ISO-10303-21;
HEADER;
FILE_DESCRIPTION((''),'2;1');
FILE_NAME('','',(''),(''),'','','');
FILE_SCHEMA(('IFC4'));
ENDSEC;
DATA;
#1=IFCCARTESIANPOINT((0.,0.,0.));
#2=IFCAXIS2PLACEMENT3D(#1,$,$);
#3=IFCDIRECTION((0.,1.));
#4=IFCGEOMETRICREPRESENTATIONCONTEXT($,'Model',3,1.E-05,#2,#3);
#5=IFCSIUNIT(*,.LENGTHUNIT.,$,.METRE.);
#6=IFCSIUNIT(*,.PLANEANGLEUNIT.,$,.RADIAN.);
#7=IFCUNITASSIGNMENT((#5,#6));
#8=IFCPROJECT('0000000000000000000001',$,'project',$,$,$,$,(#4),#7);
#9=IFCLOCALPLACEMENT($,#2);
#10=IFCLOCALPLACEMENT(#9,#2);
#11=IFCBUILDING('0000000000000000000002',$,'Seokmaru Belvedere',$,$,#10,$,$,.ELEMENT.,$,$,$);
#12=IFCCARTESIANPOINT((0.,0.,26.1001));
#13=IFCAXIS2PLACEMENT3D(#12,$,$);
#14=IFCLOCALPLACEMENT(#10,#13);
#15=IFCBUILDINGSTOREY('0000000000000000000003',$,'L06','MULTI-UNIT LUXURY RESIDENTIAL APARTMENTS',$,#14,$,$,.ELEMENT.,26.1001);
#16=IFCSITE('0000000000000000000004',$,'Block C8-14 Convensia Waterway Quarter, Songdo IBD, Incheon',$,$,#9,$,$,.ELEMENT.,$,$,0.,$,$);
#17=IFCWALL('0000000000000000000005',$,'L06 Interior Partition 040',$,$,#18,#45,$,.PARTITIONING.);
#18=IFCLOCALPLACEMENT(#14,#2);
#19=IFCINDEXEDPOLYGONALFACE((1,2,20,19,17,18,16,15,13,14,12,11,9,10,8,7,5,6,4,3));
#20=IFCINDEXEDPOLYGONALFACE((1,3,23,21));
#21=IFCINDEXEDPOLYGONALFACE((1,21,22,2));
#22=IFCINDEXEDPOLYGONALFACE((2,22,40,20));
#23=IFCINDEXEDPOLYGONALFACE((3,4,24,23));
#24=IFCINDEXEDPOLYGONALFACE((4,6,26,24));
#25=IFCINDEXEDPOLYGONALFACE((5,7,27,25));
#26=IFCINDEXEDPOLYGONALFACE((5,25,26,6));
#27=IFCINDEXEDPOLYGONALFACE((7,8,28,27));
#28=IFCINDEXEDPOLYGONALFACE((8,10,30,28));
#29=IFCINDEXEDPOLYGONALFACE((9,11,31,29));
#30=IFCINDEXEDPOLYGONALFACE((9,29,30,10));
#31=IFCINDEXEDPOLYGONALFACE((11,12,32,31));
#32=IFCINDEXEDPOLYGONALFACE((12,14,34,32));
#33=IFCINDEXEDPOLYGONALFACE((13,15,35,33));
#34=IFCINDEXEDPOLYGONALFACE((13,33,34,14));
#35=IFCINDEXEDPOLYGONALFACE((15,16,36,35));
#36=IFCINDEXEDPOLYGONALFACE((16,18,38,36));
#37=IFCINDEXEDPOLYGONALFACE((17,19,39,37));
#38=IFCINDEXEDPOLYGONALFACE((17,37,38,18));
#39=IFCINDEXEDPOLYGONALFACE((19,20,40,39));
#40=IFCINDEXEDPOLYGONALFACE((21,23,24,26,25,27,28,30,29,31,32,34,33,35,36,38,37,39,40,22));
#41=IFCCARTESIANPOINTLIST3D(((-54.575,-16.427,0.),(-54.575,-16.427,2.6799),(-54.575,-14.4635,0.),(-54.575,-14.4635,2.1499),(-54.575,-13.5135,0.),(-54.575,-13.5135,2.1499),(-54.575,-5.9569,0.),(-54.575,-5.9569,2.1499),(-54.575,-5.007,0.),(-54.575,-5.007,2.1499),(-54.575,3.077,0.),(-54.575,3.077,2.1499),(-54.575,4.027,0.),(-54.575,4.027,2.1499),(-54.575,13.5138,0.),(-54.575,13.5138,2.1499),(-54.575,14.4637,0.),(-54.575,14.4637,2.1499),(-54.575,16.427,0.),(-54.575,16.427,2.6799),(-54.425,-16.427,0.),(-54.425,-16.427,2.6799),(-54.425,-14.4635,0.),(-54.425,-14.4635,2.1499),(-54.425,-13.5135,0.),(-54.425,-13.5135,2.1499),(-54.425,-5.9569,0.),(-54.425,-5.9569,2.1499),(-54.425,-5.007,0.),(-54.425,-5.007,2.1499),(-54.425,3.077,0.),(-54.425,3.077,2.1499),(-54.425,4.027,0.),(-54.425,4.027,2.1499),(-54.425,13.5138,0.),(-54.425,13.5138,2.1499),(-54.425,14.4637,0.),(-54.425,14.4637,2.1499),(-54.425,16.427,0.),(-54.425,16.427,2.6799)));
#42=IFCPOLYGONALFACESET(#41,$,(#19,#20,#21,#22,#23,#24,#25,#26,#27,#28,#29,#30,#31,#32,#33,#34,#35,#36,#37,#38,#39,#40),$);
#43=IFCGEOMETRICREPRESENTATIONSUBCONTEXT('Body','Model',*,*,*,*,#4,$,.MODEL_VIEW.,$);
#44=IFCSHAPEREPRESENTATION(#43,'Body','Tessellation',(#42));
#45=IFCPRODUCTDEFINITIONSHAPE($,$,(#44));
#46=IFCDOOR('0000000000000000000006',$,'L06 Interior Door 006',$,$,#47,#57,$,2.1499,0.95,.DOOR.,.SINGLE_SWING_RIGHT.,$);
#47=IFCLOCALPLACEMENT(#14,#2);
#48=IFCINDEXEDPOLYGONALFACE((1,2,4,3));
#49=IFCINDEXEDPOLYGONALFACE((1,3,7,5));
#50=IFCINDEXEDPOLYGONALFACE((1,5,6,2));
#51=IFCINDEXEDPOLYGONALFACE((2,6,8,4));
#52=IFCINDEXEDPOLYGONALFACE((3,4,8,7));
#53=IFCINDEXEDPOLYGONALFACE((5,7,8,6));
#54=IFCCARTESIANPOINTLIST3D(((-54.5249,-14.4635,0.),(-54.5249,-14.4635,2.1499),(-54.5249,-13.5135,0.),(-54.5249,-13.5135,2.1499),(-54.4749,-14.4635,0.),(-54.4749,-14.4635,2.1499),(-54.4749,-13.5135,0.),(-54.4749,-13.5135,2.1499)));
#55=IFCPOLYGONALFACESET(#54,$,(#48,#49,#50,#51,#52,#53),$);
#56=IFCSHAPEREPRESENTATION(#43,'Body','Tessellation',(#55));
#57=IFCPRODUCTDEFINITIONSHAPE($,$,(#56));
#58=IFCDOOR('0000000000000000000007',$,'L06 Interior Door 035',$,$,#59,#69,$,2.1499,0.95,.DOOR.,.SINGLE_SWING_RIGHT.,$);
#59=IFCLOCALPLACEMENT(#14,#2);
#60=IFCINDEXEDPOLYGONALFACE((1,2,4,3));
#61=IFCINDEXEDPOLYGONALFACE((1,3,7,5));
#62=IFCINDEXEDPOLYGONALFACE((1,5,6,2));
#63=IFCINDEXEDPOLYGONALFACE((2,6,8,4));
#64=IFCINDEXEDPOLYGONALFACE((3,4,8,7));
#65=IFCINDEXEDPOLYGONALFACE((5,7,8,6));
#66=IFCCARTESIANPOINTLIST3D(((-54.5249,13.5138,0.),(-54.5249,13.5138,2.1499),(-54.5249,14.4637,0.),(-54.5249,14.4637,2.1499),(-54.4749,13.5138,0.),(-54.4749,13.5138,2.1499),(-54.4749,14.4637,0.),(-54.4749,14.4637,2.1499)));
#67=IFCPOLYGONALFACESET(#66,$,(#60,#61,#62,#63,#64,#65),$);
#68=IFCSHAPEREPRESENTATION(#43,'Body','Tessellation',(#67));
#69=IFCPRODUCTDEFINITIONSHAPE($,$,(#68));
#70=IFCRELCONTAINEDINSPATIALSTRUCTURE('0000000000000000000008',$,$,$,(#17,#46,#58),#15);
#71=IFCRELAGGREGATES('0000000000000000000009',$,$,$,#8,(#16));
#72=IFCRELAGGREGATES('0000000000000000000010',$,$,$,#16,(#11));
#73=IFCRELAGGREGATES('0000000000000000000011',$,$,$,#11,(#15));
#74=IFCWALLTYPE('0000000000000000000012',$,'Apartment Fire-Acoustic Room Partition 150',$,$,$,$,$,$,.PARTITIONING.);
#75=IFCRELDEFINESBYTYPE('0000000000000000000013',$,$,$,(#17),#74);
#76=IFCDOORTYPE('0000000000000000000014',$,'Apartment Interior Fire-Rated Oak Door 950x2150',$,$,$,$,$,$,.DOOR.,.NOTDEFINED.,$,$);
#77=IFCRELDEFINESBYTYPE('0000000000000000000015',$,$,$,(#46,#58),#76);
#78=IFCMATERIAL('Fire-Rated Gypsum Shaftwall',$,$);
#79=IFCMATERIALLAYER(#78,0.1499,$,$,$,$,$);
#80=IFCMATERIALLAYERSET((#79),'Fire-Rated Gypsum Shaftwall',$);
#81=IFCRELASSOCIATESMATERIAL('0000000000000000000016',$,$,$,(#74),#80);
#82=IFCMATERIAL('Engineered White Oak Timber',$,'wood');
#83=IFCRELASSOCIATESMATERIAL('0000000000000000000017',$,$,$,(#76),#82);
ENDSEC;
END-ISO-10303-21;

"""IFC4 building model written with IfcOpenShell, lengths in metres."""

from ifc_helpers import new_model, si_unit, direction, frame, frame_2d, origin, place, context, subcontext, project, spatial, rectangle, extrude, source, transform, mapped, material, layer, layer_set, type_object, type_shapes, element, fill, save


model = new_model("IFC4")

# Units and contexts
model_context = context("Model", 3, precision=1e-05, world=origin(), true_north=direction((0.0, 1.0)))
body_context = subcontext(model_context, "Body", "Model", "MODEL_VIEW")
ifc_project = project(units=[si_unit("LENGTHUNIT", "METRE"), si_unit("PLANEANGLEUNIT", "RADIAN")], contexts=[model_context])

# Site, building, storey
site_placement = place(None, origin())
site = spatial("IfcSite", under=ifc_project, at=site_placement, Name="Block C8-14 Convensia Waterway Quarter, Songdo IBD, Incheon", CompositionType="ELEMENT", RefElevation=0.0)
building_placement = place(site_placement, origin())
building = spatial("IfcBuilding", under=site, at=building_placement, Name="Seokmaru Belvedere", CompositionType="ELEMENT")
storey_placement = place(building_placement, frame((0.0, 0.0, 26.1001)))
storey = spatial("IfcBuildingStorey", under=building, at=storey_placement, Name="L06", Description="MULTI-UNIT LUXURY RESIDENTIAL APARTMENTS", CompositionType="ELEMENT", Elevation=26.1001)

# Shared definitions
ifc_material_1 = material(Name="Fire-Rated Gypsum Shaftwall")
ifc_layer_1 = layer(ifc_material_1, 0.1499)
ifc_layer_set_1 = layer_set([ifc_layer_1], Name="Fire-Rated Gypsum Shaftwall")
wall_type = type_object("IfcWallType", Name="Apartment Fire-Acoustic Room Partition 150", PredefinedType="PARTITIONING", material=ifc_layer_set_1)
ifc_material_2 = material(Name="Engineered White Oak Timber", Category="wood")
door_type = type_object("IfcDoorType", Name="Apartment Interior Fire-Rated Oak Door 950x2150", OperationType="NOTDEFINED", PredefinedType="DOOR", material=ifc_material_2)
shared_shape_1 = source(origin(), body_context, "Body", "SweptSolid", [
    extrude(rectangle(XDim=0.95, YDim=2.1499, at=frame_2d((0.4751, 1.075))), frame((0.0, 0.0249, 0.0), z_axis=(0.0, -1.0, 0.0), x_axis=(1.0, 0.0, 0.0)), (0.0, 0.0, 1.0), 0.05),
])
type_shapes(door_type, [shared_shape_1])

# Wall, openings, doors
wall_1_placement = place(storey_placement, frame((-54.5, -16.427, 0.0), z_axis=(0.0, 0.0, 1.0), x_axis=(0.0, 1.0, 0.0)))
wall_1 = element("IfcWall", 1, at=wall_1_placement, inside=storey, type_object=wall_type, Name="L06 Interior Partition 040", PredefinedType="PARTITIONING", context=body_context, shape_type="SweptSolid", body=[
    extrude(rectangle(XDim=32.854, YDim=0.1499, at=frame_2d((16.427, 0.0))), origin(), (0.0, 0.0, 1.0), 2.6799),
])
opening_1_placement = place(wall_1_placement, frame((1.9634, 0.0, 0.0)))
opening_1 = element("IfcOpeningElement", 2, at=opening_1_placement, cuts=wall_1, PredefinedType="OPENING", context=body_context, shape_type="SweptSolid", body=[
    extrude(rectangle(XDim=0.95, YDim=2.1499, at=frame_2d((0.4751, 1.075))), frame((0.0, 0.085, 0.0), z_axis=(0.0, -1.0, 0.0), x_axis=(1.0, 0.0, 0.0)), (0.0, 0.0, 1.0), 0.1699),
])
opening_2_placement = place(wall_1_placement, frame((10.47, 0.0, 0.0)))
element("IfcOpeningElement", 3, at=opening_2_placement, cuts=wall_1, PredefinedType="OPENING", context=body_context, shape_type="SweptSolid", body=[
    extrude(rectangle(XDim=0.95, YDim=2.1499, at=frame_2d((0.4751, 1.075))), frame((0.0, 0.085, 0.0), z_axis=(0.0, -1.0, 0.0), x_axis=(1.0, 0.0, 0.0)), (0.0, 0.0, 1.0), 0.1699),
])
opening_3_placement = place(wall_1_placement, frame((19.5039, 0.0, 0.0)))
element("IfcOpeningElement", 4, at=opening_3_placement, cuts=wall_1, PredefinedType="OPENING", context=body_context, shape_type="SweptSolid", body=[
    extrude(rectangle(XDim=0.95, YDim=2.1499, at=frame_2d((0.4751, 1.075))), frame((0.0, 0.085, 0.0), z_axis=(0.0, -1.0, 0.0), x_axis=(1.0, 0.0, 0.0)), (0.0, 0.0, 1.0), 0.1699),
])
opening_4_placement = place(wall_1_placement, frame((29.9407, 0.0, 0.0)))
opening_4 = element("IfcOpeningElement", 5, at=opening_4_placement, cuts=wall_1, PredefinedType="OPENING", context=body_context, shape_type="SweptSolid", body=[
    extrude(rectangle(XDim=0.95, YDim=2.1499, at=frame_2d((0.4751, 1.075))), frame((0.0, 0.085, 0.0), z_axis=(0.0, -1.0, 0.0), x_axis=(1.0, 0.0, 0.0)), (0.0, 0.0, 1.0), 0.1699),
])
door_1_placement = place(opening_1_placement, origin())
door_1 = element("IfcDoor", 6, at=door_1_placement, inside=storey, type_object=door_type, Name="L06 Interior Door 006", OperationType="SINGLE_SWING_RIGHT", OverallHeight=2.1499, OverallWidth=0.95, PredefinedType="DOOR", context=body_context, shape_type="MappedRepresentation", body=[
    mapped(shared_shape_1, transform((0.0, 0.0, 0.0), scale=1.0)),
])
fill(opening_1, door_1)
door_2_placement = place(opening_4_placement, origin())
door_2 = element("IfcDoor", 7, at=door_2_placement, inside=storey, type_object=door_type, Name="L06 Interior Door 035", OperationType="SINGLE_SWING_RIGHT", OverallHeight=2.1499, OverallWidth=0.95, PredefinedType="DOOR", context=body_context, shape_type="MappedRepresentation", body=[
    mapped(shared_shape_1, transform((0.0, 0.0, 0.0), scale=1.0)),
])
fill(opening_4, door_2)

save(model, "model.ifc")
